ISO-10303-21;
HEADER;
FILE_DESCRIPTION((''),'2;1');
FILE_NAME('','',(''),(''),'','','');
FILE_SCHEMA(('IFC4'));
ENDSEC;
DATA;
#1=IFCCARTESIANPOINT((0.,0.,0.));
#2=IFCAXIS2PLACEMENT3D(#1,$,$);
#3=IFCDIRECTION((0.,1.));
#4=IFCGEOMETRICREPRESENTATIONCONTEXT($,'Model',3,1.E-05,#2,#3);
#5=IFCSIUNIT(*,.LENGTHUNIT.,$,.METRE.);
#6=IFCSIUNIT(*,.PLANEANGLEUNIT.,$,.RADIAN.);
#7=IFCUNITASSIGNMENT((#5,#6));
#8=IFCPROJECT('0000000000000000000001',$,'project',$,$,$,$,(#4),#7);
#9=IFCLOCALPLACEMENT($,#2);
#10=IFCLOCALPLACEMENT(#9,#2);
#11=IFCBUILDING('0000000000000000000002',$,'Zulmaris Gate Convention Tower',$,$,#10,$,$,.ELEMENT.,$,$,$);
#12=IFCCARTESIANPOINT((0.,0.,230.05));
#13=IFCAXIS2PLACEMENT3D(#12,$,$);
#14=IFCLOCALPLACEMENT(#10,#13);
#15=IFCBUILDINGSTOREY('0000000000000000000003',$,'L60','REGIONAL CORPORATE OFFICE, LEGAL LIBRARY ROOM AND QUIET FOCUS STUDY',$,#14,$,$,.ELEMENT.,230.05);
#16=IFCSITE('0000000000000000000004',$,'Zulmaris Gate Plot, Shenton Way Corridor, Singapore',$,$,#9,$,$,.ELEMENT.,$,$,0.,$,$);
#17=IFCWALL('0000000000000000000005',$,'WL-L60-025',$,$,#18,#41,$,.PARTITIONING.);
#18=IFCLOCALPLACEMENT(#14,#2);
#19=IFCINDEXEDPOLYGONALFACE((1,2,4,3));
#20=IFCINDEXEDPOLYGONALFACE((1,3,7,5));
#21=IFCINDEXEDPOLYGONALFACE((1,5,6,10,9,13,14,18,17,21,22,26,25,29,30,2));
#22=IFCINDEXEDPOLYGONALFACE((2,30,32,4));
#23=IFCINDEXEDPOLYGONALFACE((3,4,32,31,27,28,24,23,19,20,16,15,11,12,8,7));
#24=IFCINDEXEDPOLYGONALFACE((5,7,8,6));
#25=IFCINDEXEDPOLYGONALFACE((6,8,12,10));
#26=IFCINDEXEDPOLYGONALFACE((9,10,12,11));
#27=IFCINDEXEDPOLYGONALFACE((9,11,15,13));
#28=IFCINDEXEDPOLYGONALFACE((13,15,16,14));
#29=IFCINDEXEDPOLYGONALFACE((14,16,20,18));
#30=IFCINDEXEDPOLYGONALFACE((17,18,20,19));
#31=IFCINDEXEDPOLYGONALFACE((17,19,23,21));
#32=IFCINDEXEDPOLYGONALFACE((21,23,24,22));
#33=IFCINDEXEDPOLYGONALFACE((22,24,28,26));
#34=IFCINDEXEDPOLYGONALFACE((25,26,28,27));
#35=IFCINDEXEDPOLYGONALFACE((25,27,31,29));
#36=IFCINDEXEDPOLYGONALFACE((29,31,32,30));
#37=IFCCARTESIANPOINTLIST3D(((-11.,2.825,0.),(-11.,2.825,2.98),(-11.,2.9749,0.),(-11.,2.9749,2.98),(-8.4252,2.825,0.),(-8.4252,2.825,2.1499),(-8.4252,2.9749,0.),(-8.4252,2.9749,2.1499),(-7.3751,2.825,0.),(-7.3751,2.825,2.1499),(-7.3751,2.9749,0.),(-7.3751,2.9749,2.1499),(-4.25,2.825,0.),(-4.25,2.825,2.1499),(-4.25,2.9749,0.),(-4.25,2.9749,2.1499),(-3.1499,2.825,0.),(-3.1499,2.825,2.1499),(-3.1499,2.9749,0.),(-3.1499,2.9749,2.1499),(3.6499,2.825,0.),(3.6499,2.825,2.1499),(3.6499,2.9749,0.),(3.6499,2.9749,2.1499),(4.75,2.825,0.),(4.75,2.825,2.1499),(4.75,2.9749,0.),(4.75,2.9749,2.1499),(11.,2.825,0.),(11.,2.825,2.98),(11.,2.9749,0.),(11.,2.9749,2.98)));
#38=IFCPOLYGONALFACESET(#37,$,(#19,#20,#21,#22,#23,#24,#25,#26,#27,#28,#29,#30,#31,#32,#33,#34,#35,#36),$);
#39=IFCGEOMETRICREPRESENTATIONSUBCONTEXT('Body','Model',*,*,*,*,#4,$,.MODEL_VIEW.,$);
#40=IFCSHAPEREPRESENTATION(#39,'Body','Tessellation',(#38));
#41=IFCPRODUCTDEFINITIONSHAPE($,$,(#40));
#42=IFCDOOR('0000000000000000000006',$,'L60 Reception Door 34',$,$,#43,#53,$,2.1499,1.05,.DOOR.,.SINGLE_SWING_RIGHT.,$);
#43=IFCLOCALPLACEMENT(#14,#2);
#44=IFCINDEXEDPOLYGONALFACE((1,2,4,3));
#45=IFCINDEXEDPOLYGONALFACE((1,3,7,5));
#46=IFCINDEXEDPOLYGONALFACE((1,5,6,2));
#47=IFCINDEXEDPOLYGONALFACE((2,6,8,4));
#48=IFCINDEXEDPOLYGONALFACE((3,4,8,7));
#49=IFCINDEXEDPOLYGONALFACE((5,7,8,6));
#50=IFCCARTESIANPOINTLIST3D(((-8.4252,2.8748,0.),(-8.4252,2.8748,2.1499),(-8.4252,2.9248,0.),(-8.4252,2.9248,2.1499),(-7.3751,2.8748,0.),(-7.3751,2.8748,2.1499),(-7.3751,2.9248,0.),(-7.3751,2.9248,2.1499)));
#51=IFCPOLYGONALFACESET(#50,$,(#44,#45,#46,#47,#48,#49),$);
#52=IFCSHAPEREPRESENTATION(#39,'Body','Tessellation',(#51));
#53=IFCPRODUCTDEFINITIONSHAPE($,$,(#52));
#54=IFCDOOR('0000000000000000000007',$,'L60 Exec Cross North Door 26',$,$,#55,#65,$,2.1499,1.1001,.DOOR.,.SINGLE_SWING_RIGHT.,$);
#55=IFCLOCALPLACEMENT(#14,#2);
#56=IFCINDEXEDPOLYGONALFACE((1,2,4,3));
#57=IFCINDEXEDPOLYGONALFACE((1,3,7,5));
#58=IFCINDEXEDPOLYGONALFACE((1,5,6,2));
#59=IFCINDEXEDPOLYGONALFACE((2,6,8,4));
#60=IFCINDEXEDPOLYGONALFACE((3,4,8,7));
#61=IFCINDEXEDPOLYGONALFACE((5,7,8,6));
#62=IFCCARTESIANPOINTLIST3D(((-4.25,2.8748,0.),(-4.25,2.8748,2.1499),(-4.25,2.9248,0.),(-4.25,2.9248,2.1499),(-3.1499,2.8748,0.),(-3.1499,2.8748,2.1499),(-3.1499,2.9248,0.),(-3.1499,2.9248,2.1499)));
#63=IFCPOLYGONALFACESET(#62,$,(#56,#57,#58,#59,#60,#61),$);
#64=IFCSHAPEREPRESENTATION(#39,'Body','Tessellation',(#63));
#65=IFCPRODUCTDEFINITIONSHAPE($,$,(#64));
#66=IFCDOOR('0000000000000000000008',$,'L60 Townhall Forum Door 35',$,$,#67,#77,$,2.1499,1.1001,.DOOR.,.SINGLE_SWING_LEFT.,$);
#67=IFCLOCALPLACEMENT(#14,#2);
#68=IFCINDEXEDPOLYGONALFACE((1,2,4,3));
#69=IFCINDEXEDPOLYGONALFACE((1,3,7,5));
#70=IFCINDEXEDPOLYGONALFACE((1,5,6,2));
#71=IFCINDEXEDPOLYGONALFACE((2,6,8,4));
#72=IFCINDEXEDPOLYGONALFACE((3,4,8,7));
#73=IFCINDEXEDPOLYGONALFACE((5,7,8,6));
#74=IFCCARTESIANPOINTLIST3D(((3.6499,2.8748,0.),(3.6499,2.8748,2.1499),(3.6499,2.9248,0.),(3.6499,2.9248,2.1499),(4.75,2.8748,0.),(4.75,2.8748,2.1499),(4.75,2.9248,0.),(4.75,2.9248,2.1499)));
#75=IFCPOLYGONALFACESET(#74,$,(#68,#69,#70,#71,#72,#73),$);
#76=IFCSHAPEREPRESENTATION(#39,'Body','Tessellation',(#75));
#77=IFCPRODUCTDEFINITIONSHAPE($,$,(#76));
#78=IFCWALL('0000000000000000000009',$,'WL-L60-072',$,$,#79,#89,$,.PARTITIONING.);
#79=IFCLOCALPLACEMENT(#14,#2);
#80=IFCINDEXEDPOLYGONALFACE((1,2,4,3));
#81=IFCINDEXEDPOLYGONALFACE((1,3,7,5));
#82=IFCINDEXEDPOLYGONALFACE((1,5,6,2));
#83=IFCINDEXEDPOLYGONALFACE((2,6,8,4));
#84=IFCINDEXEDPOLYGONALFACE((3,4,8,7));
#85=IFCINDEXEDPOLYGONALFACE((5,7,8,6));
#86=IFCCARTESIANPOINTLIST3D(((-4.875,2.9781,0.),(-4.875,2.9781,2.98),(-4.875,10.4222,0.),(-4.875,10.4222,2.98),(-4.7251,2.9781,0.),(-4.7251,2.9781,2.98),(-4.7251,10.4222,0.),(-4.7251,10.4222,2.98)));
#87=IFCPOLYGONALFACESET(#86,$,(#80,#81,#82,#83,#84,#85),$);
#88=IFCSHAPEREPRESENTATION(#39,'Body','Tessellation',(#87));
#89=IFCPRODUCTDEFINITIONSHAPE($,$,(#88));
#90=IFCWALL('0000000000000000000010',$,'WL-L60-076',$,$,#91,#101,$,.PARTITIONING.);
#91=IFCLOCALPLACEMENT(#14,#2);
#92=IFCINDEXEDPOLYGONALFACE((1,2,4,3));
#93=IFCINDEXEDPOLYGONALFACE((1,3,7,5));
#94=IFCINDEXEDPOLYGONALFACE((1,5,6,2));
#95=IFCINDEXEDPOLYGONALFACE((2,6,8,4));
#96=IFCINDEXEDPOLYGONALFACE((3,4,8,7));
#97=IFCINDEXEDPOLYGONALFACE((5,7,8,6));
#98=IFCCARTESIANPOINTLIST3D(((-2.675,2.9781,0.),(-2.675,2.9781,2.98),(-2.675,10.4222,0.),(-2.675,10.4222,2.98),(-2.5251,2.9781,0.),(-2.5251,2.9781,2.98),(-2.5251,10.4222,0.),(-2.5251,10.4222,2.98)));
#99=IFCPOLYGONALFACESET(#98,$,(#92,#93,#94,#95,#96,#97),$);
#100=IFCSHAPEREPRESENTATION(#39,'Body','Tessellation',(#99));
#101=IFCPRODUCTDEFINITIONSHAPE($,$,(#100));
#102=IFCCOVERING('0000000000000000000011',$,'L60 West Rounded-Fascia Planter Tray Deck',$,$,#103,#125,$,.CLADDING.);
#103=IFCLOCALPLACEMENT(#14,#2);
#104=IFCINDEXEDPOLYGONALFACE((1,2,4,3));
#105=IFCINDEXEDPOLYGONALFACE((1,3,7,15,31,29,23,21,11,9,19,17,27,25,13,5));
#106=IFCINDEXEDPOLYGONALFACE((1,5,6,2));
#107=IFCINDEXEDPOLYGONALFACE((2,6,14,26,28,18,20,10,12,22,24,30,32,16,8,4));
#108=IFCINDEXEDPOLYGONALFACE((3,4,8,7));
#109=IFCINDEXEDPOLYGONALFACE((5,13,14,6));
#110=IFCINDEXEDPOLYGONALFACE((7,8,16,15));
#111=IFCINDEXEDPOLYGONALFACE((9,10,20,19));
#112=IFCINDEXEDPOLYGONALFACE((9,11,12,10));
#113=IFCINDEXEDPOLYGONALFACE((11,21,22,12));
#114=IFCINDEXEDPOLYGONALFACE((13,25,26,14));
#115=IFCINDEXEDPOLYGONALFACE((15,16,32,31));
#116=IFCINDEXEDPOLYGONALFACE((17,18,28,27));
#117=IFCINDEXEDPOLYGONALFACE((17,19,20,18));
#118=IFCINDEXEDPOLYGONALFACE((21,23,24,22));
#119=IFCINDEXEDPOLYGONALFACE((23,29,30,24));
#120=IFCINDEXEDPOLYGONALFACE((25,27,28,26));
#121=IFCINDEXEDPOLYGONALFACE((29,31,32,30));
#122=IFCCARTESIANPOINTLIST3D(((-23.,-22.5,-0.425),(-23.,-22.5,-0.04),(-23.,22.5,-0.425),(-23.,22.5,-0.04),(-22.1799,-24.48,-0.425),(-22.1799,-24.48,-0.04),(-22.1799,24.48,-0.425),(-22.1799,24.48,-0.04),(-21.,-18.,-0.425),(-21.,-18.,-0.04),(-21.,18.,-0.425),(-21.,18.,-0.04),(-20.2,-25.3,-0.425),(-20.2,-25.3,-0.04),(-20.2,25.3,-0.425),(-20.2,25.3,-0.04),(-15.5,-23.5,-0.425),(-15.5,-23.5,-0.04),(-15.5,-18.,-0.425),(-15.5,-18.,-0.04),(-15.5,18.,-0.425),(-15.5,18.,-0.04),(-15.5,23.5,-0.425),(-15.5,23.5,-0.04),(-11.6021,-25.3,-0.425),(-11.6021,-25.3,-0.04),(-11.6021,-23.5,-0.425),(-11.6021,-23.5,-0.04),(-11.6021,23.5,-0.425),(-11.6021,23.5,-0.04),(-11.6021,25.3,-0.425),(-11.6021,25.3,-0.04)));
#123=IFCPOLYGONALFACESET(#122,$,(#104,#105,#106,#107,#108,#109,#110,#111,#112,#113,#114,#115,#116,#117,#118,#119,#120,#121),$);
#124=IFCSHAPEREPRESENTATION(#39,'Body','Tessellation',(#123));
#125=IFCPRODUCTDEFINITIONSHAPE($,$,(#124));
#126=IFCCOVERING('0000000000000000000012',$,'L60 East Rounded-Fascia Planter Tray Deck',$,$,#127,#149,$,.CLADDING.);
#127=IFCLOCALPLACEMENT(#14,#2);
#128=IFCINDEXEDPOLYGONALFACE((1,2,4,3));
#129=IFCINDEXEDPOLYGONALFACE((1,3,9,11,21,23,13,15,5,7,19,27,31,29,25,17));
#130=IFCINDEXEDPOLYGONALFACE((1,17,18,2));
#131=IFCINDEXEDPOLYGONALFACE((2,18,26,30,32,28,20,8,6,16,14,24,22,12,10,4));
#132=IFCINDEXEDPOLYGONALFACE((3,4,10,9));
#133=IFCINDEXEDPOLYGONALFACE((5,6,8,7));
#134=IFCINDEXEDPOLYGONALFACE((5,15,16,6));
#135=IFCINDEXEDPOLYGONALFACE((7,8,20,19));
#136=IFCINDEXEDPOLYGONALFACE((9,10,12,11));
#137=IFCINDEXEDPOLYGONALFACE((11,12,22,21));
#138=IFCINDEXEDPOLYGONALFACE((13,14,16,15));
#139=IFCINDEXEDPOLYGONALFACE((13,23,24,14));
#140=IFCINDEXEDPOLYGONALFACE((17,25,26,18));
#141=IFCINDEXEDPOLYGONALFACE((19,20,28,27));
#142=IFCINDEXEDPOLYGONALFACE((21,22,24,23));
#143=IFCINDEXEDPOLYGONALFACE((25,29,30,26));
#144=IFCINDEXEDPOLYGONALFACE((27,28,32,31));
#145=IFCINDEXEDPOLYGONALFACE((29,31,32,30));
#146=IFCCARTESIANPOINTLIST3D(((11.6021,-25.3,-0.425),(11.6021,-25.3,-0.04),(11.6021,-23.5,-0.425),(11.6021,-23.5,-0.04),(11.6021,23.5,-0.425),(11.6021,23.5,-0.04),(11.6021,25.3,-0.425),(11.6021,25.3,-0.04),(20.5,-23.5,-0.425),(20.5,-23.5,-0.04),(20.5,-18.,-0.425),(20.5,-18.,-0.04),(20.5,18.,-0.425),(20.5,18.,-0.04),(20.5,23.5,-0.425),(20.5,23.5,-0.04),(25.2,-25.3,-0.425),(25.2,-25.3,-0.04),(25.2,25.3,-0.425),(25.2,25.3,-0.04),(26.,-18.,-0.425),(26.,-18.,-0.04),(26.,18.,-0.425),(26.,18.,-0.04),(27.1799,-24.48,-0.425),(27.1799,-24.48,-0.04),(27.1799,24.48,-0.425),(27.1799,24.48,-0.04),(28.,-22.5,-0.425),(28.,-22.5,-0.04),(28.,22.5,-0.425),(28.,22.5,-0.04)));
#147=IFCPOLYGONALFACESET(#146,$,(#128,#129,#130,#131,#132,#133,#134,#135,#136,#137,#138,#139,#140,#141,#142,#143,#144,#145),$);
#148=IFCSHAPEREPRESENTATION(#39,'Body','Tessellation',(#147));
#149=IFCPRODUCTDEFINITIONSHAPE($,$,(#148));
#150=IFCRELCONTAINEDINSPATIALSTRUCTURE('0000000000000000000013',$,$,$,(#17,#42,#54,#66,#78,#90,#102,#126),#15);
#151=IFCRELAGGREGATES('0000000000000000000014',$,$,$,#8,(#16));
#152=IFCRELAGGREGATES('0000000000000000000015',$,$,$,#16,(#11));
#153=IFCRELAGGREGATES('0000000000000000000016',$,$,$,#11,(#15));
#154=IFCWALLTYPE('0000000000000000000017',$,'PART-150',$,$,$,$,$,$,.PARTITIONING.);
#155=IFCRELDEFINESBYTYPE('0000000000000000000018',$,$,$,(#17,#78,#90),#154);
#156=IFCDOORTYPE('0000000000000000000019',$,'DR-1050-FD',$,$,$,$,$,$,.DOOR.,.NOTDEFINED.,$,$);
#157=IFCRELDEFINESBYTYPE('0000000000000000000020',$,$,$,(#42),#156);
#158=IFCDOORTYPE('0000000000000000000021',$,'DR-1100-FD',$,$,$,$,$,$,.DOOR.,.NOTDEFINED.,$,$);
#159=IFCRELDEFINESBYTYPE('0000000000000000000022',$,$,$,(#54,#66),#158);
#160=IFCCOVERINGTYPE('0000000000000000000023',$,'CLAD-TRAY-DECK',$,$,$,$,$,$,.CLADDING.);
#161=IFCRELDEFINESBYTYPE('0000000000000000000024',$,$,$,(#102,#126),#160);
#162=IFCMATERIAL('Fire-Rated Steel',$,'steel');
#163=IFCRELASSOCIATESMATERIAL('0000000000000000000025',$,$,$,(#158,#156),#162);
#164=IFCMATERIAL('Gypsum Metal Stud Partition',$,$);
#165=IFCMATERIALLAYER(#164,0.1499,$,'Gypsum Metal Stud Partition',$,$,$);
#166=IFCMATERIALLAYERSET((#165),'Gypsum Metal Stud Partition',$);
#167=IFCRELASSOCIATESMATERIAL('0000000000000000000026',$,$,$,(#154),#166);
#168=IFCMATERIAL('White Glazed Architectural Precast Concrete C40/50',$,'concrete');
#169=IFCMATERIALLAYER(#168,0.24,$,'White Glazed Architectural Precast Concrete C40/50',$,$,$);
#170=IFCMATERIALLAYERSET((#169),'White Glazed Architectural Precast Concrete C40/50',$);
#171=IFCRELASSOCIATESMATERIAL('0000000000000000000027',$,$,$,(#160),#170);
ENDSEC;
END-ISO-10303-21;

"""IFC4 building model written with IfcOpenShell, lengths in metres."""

from ifc_helpers import new_model, si_unit, direction, frame, frame_2d, origin, place, context, subcontext, project, spatial, polyline, rectangle, outline, extrude, material, layer, layer_set, type_object, element, fill, save


model = new_model("IFC4")

# Units and contexts
model_context = context("Model", 3, precision=1e-05, world=origin(), true_north=direction((0.0, 1.0)))
body_context = subcontext(model_context, "Body", "Model", "MODEL_VIEW")
ifc_project = project(units=[si_unit("LENGTHUNIT", "METRE"), si_unit("PLANEANGLEUNIT", "RADIAN")], contexts=[model_context])

# Site, building, storey
site_placement = place(None, origin())
site = spatial("IfcSite", under=ifc_project, at=site_placement, Name="Zulmaris Gate Plot, Shenton Way Corridor, Singapore", CompositionType="ELEMENT", RefElevation=0.0)
building_placement = place(site_placement, origin())
building = spatial("IfcBuilding", under=site, at=building_placement, Name="Zulmaris Gate Convention Tower", CompositionType="ELEMENT")
storey_placement = place(building_placement, frame((0.0, 0.0, 230.05)))
storey = spatial("IfcBuildingStorey", under=building, at=storey_placement, Name="L60", Description="REGIONAL CORPORATE OFFICE, LEGAL LIBRARY ROOM AND QUIET FOCUS STUDY", CompositionType="ELEMENT", Elevation=230.05)

# Shared definitions
ifc_material_1 = material(Name="Fire-Rated Steel", Category="steel")
door_type_1 = type_object("IfcDoorType", Name="DR-1100-FD", OperationType="NOTDEFINED", PredefinedType="DOOR", material=ifc_material_1)

# Wall, openings, doors
ifc_material_2 = material(Name="Gypsum Metal Stud Partition")
ifc_layer_1 = layer(ifc_material_2, 0.1499, Name="Gypsum Metal Stud Partition")
ifc_layer_set_1 = layer_set([ifc_layer_1], Name="Gypsum Metal Stud Partition")
wall_type_1 = type_object("IfcWallType", Name="PART-150", PredefinedType="PARTITIONING", material=ifc_layer_set_1)
wall_1_placement = place(storey_placement, frame((-11.0, 2.8999, 0.0), z_axis=(0.0, 0.0, 1.0), x_axis=(1.0, 0.0, 0.0)))
wall_1 = element("IfcWall", 1, at=wall_1_placement, inside=storey, type_object=wall_type_1, Name="WL-L60-025", PredefinedType="PARTITIONING", context=body_context, shape_type="SweptSolid", body=[
    extrude(rectangle(XDim=22.0, YDim=0.1499, at=frame_2d((11.0, 0.0))), origin(), (0.0, 0.0, 1.0), 2.98),
])
opening_1_placement = place(wall_1_placement, frame((6.75, 0.0, 0.0)))
opening_1 = element("IfcOpeningElement", 2, at=opening_1_placement, cuts=wall_1, PredefinedType="OPENING", context=body_context, shape_type="SweptSolid", body=[
    extrude(rectangle(XDim=1.1001, YDim=2.1499, at=frame_2d((0.55, 1.075))), frame((0.0, 0.085, 0.0), z_axis=(0.0, -1.0, 0.0), x_axis=(1.0, 0.0, 0.0)), (0.0, 0.0, 1.0), 0.1699),
])
opening_2_placement = place(wall_1_placement, frame((2.575, 0.0, 0.0)))
opening_2 = element("IfcOpeningElement", 3, at=opening_2_placement, cuts=wall_1, PredefinedType="OPENING", context=body_context, shape_type="SweptSolid", body=[
    extrude(rectangle(XDim=1.05, YDim=2.1499, at=frame_2d((0.5249, 1.075))), frame((0.0, 0.085, 0.0), z_axis=(0.0, -1.0, 0.0), x_axis=(1.0, 0.0, 0.0)), (0.0, 0.0, 1.0), 0.1699),
])
opening_3_placement = place(wall_1_placement, frame((14.6499, 0.0, 0.0)))
opening_3 = element("IfcOpeningElement", 4, at=opening_3_placement, cuts=wall_1, PredefinedType="OPENING", context=body_context, shape_type="SweptSolid", body=[
    extrude(rectangle(XDim=1.1001, YDim=2.1499, at=frame_2d((0.55, 1.075))), frame((0.0, 0.085, 0.0), z_axis=(0.0, -1.0, 0.0), x_axis=(1.0, 0.0, 0.0)), (0.0, 0.0, 1.0), 0.1699),
])
door_type_2 = type_object("IfcDoorType", Name="DR-1050-FD", OperationType="NOTDEFINED", PredefinedType="DOOR", material=ifc_material_1)
door_1_placement = place(opening_2_placement, origin())
door_1 = element("IfcDoor", 5, at=door_1_placement, inside=storey, type_object=door_type_2, Name="L60 Reception Door 34", OperationType="SINGLE_SWING_RIGHT", OverallHeight=2.1499, OverallWidth=1.05, PredefinedType="DOOR", context=body_context, shape_type="SweptSolid", body=[
    extrude(rectangle(XDim=1.05, YDim=2.1499, at=frame_2d((0.5249, 1.075))), frame((0.0, 0.0249, 0.0), z_axis=(0.0, -1.0, 0.0), x_axis=(1.0, 0.0, 0.0)), (0.0, 0.0, 1.0), 0.05),
])
fill(opening_2, door_1)
door_2_placement = place(opening_1_placement, origin())
door_2 = element("IfcDoor", 6, at=door_2_placement, inside=storey, type_object=door_type_1, Name="L60 Exec Cross North Door 26", OperationType="SINGLE_SWING_RIGHT", OverallHeight=2.1499, OverallWidth=1.1001, PredefinedType="DOOR", context=body_context, shape_type="SweptSolid", body=[
    extrude(rectangle(XDim=1.1001, YDim=2.1499, at=frame_2d((0.55, 1.075))), frame((0.0, 0.0249, 0.0), z_axis=(0.0, -1.0, 0.0), x_axis=(1.0, 0.0, 0.0)), (0.0, 0.0, 1.0), 0.05),
])
fill(opening_1, door_2)
door_3_placement = place(opening_3_placement, origin())
door_3 = element("IfcDoor", 7, at=door_3_placement, inside=storey, type_object=door_type_1, Name="L60 Townhall Forum Door 35", OperationType="SINGLE_SWING_LEFT", OverallHeight=2.1499, OverallWidth=1.1001, PredefinedType="DOOR", context=body_context, shape_type="SweptSolid", body=[
    extrude(rectangle(XDim=1.1001, YDim=2.1499, at=frame_2d((0.55, 1.075))), frame((0.0, 0.0249, 0.0), z_axis=(0.0, -1.0, 0.0), x_axis=(1.0, 0.0, 0.0)), (0.0, 0.0, 1.0), 0.05),
])
fill(opening_3, door_3)

# Walls
for number, where, z_axis, x_axis, name in (
    (8, (-4.8, 2.978, 0.0), (0.0, 0.0, 1.0), (0.0, 1.0, 0.0), "WL-L60-072"),
    (9, (-2.6001, 2.978, 0.0), (0.0, 0.0, 1.0), (0.0, 1.0, 0.0), "WL-L60-076"),
):
    element("IfcWall", number, at=place(storey_placement, frame(where, z_axis=z_axis, x_axis=x_axis)), inside=storey, type_object=wall_type_1, Name=name, PredefinedType="PARTITIONING", context=body_context, shape_type="SweptSolid", body=[
        extrude(rectangle(XDim=7.4441, YDim=0.1499, at=frame_2d((3.7222, 0.0))), origin(), (0.0, 0.0, 1.0), 2.98),
    ])

# Coverings
ifc_material_3 = material(Name="White Glazed Architectural Precast Concrete C40/50", Category="concrete")
ifc_layer_2 = layer(ifc_material_3, 0.24, Name="White Glazed Architectural Precast Concrete C40/50")
ifc_layer_set_2 = layer_set([ifc_layer_2], Name="White Glazed Architectural Precast Concrete C40/50")
covering_type = type_object("IfcCoveringType", Name="CLAD-TRAY-DECK", PredefinedType="CLADDING", material=ifc_layer_set_2)
covering_1_placement = place(storey_placement, frame((0.0, 0.0, -0.425)))
element("IfcCovering", 10, at=covering_1_placement, inside=storey, type_object=covering_type, Name="L60 West Rounded-Fascia Planter Tray Deck", PredefinedType="CLADDING", context=body_context, shape_type="SweptSolid", body=[
    extrude(outline(polyline([(-23.0, 22.5), (-22.1799, 24.48), (-20.2, 25.3), (-11.6021, 25.3), (-11.6021, 23.5), (-15.5, 23.5), (-15.5, 18.0), (-21.0, 18.0), (-21.0, -18.0), (-15.5, -18.0), (-15.5, -23.5), (-11.6021, -23.5), (-11.6021, -25.3), (-20.2, -25.3), (-22.1799, -24.48), (-23.0, -22.5), (-23.0, 22.5)])), origin(), (0.0, 0.0, 1.0), 0.385),
])
covering_2_placement = place(storey_placement, frame((0.0, 0.0, -0.425)))
element("IfcCovering", 11, at=covering_2_placement, inside=storey, type_object=covering_type, Name="L60 East Rounded-Fascia Planter Tray Deck", PredefinedType="CLADDING", context=body_context, shape_type="SweptSolid", body=[
    extrude(outline(polyline([(25.2, 25.3), (27.1799, 24.48), (28.0, 22.5), (28.0, -22.5), (27.1799, -24.48), (25.2, -25.3), (11.6021, -25.3), (11.6021, -23.5), (20.5, -23.5), (20.5, -18.0), (26.0, -18.0), (26.0, 18.0), (20.5, 18.0), (20.5, 23.5), (11.6021, 23.5), (11.6021, 25.3), (25.2, 25.3)])), origin(), (0.0, 0.0, 1.0), 0.385),
])

save(model, "model.ifc")
